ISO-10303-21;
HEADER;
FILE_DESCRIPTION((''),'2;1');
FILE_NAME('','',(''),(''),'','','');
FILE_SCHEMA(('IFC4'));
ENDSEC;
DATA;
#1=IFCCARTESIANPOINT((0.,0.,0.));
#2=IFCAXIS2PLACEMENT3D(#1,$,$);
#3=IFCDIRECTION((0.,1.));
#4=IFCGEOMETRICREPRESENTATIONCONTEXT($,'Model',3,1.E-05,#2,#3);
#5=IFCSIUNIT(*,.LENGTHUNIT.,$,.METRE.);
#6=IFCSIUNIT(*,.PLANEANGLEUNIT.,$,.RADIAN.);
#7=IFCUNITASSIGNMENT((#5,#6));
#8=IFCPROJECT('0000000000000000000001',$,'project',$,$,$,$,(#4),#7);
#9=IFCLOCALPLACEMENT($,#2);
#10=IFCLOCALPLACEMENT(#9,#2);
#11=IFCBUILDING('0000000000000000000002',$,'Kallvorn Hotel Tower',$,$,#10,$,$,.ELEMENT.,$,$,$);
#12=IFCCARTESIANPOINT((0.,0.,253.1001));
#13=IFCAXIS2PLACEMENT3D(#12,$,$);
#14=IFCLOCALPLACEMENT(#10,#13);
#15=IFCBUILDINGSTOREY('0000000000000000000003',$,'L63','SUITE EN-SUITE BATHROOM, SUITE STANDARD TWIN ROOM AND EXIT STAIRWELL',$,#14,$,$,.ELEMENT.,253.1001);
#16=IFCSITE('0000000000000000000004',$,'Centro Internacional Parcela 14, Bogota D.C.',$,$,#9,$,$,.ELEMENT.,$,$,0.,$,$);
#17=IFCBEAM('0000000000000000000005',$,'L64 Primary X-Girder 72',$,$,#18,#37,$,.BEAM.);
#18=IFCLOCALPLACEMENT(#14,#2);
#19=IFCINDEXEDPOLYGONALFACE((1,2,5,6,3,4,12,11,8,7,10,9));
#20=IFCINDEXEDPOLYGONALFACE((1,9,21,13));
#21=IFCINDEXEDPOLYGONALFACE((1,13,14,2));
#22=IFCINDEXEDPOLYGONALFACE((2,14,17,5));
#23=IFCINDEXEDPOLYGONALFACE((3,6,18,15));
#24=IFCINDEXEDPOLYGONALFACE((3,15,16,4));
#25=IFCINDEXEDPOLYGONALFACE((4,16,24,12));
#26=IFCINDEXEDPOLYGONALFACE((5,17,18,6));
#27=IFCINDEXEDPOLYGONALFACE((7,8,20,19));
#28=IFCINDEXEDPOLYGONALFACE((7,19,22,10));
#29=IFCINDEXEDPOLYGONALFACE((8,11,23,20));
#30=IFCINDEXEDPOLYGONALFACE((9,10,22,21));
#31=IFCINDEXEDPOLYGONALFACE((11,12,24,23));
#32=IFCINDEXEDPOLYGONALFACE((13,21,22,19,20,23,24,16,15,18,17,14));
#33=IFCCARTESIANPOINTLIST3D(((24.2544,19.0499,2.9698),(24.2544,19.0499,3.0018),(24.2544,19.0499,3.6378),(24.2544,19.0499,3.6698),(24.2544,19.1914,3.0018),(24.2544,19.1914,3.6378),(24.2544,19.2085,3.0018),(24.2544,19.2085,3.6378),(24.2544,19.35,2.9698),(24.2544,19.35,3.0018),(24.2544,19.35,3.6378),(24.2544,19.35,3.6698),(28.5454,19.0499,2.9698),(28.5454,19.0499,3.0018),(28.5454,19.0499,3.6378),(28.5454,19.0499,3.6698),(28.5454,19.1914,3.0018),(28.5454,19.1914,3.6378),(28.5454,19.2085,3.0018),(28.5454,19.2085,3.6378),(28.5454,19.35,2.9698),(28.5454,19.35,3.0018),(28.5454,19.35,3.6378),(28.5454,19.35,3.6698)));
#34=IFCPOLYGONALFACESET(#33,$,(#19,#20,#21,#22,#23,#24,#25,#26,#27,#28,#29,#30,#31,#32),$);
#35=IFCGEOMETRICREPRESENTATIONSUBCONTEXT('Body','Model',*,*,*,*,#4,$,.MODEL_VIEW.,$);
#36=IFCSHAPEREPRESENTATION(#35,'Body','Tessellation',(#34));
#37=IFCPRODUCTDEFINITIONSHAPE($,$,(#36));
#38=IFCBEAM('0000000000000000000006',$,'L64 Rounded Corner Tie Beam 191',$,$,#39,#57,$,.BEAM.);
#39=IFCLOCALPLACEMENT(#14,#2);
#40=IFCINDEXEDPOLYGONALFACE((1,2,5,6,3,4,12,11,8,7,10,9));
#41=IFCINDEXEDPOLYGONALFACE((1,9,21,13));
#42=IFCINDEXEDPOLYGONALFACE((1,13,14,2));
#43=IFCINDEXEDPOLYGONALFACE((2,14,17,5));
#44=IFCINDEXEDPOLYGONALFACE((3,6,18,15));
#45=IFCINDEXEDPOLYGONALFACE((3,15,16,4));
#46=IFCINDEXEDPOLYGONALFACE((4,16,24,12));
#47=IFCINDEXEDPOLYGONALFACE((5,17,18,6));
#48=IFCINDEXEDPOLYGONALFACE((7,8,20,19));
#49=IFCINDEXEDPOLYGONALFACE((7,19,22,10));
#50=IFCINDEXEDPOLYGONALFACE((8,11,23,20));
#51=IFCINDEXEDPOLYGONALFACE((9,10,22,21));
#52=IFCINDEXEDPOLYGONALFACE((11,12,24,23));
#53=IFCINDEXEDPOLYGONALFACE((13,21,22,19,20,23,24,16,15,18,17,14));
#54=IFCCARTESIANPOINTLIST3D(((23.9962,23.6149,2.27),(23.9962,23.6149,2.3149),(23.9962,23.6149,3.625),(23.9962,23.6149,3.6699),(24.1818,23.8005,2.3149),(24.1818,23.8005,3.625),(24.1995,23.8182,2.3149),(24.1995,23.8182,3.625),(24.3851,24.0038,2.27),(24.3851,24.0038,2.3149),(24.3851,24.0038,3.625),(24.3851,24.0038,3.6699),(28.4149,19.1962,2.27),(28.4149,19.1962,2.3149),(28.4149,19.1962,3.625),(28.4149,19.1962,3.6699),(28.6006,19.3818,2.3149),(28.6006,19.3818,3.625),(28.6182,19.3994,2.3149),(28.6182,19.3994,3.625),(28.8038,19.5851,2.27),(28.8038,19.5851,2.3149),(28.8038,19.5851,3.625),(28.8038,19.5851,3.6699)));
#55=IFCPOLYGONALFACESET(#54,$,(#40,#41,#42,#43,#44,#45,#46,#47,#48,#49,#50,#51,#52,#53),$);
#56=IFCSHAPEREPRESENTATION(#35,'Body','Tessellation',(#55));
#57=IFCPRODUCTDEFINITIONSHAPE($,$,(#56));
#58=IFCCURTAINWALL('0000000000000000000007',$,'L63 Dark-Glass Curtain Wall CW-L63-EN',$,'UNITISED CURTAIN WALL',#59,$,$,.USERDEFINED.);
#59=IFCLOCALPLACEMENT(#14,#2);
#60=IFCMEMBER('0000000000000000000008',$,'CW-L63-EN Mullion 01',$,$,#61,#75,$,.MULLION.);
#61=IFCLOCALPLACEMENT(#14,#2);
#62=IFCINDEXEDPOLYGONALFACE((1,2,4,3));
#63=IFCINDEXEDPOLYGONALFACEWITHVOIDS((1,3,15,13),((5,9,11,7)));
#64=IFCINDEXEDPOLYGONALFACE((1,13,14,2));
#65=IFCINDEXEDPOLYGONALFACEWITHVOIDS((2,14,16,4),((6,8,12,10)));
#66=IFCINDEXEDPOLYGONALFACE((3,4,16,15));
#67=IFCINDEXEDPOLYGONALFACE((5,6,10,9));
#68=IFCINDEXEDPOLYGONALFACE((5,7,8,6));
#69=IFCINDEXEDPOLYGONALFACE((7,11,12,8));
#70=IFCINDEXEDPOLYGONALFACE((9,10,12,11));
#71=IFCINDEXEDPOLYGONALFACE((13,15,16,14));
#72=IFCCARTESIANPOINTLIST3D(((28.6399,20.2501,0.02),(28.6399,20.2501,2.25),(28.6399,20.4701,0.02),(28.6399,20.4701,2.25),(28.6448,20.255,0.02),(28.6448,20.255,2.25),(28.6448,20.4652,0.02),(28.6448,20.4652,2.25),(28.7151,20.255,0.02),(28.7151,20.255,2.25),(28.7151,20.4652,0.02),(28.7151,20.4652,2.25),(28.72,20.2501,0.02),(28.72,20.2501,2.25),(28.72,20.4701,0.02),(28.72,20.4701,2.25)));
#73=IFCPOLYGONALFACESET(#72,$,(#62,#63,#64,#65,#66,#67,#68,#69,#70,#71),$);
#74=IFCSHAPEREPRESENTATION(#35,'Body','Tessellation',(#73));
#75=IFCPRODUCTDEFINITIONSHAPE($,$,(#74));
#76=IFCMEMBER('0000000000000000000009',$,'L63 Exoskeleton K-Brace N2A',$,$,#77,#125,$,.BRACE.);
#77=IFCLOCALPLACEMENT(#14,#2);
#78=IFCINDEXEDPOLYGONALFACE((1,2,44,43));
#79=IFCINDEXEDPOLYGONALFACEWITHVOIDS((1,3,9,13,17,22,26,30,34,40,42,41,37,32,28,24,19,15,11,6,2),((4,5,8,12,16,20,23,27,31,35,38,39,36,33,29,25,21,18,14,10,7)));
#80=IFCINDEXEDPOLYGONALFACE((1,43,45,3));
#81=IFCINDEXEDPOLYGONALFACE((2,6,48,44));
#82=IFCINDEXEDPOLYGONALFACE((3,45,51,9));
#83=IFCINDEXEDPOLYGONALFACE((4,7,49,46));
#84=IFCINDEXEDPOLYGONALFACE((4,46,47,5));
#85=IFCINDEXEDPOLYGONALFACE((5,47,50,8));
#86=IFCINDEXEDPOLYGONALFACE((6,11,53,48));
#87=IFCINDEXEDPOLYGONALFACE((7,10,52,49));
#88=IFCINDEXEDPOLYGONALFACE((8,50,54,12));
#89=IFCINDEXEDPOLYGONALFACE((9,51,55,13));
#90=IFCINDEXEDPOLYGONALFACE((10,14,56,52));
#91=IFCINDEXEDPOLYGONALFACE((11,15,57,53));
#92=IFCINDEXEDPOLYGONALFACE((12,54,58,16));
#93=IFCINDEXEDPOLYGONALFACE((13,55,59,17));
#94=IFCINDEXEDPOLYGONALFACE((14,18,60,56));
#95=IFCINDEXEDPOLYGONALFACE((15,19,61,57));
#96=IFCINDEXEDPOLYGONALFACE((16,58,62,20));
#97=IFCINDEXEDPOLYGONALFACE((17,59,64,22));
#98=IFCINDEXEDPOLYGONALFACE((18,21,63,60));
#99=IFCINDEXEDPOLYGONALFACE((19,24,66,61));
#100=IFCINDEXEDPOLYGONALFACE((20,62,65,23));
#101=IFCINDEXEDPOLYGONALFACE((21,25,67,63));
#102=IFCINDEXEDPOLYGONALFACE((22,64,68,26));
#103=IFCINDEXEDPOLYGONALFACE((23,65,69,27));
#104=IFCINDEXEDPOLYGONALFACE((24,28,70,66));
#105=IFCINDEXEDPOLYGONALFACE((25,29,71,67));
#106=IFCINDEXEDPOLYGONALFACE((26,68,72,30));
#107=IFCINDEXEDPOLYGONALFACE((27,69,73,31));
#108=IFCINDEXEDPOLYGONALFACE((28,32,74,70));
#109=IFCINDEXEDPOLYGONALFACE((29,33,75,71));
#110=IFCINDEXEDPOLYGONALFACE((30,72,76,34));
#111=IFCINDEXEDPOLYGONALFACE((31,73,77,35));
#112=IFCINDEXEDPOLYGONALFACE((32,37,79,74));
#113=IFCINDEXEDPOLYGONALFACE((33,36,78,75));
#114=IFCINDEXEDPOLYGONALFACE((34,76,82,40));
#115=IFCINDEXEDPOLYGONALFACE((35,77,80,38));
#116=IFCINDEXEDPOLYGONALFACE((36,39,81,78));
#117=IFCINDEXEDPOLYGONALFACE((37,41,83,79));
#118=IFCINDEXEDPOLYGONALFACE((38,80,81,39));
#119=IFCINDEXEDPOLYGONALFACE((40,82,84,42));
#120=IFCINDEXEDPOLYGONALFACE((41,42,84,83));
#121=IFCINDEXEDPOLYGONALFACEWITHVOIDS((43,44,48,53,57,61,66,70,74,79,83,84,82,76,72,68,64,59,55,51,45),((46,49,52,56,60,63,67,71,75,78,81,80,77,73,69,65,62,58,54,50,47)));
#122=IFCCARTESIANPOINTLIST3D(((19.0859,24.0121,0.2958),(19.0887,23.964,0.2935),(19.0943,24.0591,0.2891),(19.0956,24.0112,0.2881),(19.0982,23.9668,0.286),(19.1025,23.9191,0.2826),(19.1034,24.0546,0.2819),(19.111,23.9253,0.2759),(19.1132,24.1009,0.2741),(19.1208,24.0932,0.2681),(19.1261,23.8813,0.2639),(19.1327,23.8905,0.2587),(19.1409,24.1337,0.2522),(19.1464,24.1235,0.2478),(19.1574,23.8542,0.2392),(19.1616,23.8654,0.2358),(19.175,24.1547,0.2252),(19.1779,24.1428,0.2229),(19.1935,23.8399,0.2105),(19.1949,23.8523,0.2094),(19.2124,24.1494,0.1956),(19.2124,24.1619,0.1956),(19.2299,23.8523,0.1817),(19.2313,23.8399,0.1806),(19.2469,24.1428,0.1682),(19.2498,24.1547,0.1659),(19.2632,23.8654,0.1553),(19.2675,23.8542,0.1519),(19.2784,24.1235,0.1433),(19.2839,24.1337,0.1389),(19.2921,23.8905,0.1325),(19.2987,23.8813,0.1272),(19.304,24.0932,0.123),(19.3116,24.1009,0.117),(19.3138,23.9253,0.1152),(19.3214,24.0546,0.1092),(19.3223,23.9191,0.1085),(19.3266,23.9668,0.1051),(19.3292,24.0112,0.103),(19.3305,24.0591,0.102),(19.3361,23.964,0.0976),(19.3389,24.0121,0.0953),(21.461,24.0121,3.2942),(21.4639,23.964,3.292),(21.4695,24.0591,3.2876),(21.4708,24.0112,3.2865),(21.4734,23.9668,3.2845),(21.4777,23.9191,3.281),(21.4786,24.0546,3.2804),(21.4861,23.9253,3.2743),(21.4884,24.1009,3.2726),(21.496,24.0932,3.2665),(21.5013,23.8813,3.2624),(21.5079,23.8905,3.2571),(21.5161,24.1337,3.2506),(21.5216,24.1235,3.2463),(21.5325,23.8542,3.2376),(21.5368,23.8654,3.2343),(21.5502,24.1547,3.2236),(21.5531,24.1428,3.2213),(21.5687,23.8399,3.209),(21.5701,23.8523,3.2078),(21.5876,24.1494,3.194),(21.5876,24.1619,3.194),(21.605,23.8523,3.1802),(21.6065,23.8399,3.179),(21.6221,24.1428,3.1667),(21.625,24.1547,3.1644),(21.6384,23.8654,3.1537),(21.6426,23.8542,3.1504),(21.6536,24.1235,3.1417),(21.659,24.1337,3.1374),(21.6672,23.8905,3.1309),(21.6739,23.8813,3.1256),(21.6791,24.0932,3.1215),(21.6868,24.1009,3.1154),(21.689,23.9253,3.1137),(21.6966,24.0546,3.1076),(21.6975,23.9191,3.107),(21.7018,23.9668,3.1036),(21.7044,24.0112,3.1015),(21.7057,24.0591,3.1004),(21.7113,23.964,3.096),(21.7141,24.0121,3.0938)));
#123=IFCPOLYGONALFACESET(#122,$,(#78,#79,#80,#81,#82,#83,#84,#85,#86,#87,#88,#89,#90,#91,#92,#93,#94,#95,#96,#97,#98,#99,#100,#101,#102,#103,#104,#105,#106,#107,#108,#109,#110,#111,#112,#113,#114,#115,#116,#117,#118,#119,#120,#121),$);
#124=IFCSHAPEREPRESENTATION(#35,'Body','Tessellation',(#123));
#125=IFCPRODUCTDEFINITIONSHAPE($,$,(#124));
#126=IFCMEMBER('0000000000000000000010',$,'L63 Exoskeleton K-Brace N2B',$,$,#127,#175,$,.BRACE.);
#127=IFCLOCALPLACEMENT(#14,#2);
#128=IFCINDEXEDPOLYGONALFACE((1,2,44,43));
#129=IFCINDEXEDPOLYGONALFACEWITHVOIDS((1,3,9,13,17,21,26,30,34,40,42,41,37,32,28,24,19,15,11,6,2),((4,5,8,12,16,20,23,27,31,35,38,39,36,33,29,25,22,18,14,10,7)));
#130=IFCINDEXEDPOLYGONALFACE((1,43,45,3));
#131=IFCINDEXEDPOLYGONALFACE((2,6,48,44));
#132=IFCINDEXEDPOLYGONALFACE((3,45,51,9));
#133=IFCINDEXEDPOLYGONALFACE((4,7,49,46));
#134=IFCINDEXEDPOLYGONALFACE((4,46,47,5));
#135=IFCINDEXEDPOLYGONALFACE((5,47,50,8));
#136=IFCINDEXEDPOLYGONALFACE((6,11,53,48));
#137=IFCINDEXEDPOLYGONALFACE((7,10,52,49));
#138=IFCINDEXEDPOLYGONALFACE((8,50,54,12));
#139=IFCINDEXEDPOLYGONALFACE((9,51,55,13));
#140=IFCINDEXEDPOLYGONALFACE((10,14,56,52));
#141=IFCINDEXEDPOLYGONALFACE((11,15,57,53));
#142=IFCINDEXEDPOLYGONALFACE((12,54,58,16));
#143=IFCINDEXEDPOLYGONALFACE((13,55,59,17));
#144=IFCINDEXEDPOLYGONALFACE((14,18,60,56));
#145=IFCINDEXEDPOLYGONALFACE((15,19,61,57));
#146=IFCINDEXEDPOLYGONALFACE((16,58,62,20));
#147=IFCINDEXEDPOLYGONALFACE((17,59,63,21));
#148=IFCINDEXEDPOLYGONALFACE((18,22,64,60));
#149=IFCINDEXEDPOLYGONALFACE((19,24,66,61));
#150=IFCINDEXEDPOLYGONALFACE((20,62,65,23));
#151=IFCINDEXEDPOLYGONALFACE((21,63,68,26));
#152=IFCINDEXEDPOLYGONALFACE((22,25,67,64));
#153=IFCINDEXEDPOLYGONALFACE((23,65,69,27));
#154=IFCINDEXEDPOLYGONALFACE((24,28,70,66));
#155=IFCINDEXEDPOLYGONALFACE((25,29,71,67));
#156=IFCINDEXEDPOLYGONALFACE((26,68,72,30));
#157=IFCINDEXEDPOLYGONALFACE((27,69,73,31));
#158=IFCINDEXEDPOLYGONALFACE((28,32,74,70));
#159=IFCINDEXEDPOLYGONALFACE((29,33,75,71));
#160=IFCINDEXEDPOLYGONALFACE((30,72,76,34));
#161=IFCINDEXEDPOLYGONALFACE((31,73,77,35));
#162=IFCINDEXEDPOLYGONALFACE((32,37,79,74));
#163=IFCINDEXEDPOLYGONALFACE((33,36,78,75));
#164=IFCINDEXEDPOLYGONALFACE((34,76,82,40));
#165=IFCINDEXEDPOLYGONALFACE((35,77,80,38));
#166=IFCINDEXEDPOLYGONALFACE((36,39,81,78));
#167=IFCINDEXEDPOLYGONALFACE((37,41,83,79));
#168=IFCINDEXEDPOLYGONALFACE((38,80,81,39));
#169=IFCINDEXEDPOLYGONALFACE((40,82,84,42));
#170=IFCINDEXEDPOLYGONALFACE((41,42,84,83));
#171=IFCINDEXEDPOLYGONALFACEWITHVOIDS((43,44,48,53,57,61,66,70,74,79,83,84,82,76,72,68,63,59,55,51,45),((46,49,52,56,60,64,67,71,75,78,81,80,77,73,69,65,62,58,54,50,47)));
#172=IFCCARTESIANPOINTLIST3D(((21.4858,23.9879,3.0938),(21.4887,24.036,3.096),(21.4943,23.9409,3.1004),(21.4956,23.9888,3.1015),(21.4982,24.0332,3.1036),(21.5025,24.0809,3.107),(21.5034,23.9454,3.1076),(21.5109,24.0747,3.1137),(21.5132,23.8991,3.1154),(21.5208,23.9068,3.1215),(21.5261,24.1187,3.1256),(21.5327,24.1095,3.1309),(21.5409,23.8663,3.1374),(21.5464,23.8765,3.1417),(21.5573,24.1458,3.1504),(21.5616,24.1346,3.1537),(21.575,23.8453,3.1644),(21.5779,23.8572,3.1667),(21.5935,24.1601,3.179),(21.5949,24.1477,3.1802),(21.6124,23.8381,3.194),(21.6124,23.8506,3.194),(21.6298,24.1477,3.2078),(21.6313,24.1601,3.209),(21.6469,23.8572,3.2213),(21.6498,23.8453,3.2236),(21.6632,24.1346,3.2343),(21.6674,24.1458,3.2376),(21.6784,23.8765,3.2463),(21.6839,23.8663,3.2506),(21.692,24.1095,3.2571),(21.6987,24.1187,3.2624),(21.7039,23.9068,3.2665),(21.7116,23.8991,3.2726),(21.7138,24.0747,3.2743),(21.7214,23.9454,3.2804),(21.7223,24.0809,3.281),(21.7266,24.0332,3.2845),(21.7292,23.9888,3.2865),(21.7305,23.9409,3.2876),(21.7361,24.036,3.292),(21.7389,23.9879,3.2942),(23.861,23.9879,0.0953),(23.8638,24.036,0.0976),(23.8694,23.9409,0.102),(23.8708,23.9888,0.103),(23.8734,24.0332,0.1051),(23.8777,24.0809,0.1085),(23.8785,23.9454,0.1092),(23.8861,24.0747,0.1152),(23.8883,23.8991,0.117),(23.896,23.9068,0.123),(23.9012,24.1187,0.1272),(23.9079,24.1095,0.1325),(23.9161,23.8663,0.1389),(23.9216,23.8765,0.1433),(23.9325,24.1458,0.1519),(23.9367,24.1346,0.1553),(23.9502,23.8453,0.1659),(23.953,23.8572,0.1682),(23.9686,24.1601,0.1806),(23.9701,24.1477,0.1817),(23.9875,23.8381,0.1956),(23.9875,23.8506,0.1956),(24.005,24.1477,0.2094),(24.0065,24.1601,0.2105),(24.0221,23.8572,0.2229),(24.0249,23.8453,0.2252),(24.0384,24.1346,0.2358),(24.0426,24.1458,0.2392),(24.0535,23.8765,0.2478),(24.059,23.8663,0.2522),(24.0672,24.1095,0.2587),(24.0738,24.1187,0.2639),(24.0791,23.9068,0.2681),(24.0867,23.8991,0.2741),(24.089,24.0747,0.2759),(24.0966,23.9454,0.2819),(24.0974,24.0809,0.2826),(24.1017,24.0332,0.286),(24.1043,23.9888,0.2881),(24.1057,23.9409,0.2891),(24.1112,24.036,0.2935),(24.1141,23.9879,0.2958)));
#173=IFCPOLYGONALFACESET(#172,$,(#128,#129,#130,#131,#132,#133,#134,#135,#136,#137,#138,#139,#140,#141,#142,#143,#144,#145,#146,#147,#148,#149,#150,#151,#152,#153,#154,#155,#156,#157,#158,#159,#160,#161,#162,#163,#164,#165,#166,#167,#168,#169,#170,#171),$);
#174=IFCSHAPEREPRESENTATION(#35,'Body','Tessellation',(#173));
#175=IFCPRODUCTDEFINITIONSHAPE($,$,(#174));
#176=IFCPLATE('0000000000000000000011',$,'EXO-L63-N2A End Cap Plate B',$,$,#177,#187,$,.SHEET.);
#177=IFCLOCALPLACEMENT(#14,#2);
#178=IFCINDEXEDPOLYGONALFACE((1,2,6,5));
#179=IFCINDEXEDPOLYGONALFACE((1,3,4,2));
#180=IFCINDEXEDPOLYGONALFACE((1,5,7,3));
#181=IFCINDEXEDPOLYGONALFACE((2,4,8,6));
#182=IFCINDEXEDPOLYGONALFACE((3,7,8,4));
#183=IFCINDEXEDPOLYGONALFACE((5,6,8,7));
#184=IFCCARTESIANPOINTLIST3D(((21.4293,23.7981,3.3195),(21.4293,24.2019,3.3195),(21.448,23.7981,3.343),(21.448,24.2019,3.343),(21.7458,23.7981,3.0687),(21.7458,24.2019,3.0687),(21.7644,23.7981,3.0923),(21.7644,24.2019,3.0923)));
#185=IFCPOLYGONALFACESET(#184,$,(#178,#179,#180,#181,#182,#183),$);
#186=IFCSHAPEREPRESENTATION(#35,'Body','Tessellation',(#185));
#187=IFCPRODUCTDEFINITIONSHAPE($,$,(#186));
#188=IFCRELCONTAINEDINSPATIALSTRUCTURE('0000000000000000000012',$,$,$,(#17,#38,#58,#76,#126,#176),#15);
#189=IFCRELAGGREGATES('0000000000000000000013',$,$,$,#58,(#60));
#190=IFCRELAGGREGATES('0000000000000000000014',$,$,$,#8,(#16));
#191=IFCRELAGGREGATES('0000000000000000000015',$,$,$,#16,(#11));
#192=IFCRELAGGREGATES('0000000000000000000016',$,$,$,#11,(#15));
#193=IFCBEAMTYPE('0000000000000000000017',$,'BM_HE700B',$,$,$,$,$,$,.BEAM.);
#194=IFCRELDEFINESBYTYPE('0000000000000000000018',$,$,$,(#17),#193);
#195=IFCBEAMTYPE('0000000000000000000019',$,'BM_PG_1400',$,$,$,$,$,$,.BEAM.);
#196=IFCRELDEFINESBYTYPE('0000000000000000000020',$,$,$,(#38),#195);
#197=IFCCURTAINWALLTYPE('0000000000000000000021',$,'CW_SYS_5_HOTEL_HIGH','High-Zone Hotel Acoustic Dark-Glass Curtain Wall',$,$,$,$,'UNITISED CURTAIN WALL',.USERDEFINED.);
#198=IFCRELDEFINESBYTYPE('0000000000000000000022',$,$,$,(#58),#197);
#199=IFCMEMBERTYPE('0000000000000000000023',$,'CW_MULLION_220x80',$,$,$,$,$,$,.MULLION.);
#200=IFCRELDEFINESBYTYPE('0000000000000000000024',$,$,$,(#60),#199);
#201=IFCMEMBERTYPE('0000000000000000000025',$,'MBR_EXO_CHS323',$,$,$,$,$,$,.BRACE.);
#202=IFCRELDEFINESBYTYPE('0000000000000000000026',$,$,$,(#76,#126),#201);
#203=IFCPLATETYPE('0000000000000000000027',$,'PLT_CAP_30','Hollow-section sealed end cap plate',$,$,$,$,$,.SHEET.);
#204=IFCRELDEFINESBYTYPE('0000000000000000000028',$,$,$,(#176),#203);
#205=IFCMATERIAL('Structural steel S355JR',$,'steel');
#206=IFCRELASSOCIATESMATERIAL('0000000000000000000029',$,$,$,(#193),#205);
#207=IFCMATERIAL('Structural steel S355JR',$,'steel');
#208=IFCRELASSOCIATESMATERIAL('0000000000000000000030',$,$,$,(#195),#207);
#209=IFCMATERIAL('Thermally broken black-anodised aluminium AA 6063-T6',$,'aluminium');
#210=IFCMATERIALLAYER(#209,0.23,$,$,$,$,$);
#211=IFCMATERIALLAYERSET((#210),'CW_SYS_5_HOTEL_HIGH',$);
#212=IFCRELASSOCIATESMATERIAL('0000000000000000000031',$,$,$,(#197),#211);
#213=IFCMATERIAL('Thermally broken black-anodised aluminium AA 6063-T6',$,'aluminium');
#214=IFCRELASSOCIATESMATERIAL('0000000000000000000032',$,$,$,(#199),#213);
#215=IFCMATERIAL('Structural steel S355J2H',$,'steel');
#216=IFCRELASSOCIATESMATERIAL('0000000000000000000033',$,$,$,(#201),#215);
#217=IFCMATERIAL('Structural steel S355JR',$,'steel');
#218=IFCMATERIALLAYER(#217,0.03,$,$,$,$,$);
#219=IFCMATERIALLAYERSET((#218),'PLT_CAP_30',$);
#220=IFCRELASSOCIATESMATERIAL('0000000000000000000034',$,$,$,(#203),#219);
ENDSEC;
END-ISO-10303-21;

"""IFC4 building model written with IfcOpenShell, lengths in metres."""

from ifc_helpers import new_model, si_unit, direction, frame, origin, origin_2d, place, context, subcontext, project, spatial, polyline, hollow_rectangle, hollow_circle, i_section, outline, extrude, material, layer, layer_set, material_profile, profile_set, type_object, element, aggregate, save


model = new_model("IFC4")

# Units and contexts
model_context = context("Model", 3, precision=1e-05, world=origin(), true_north=direction((0.0, 1.0)))
body_context = subcontext(model_context, "Body", "Model", "MODEL_VIEW")
ifc_project = project(units=[si_unit("LENGTHUNIT", "METRE"), si_unit("PLANEANGLEUNIT", "RADIAN")], contexts=[model_context])

# Site, building, storey
site_placement = place(None, origin())
site = spatial("IfcSite", under=ifc_project, at=site_placement, Name="Centro Internacional Parcela 14, Bogota D.C.", CompositionType="ELEMENT", RefElevation=0.0)
building_placement = place(site_placement, origin())
building = spatial("IfcBuilding", under=site, at=building_placement, Name="Kallvorn Hotel Tower", CompositionType="ELEMENT")
storey_placement = place(building_placement, frame((0.0, 0.0, 253.1001)))
storey = spatial("IfcBuildingStorey", under=building, at=storey_placement, Name="L63", Description="SUITE EN-SUITE BATHROOM, SUITE STANDARD TWIN ROOM AND EXIT STAIRWELL", CompositionType="ELEMENT", Elevation=253.1001)

# Beams
ifc_material_1 = material(Name="Structural steel S355JR", Category="steel")
ifc_material_profile_1 = material_profile(ifc_material_1, i_section(OverallWidth=0.3, OverallDepth=0.7, WebThickness=0.0171, FlangeThickness=0.032, at=origin_2d()), Name="HE 700 B")
ifc_profile_set_1 = profile_set([ifc_material_profile_1], Name="Structural steel S355JR")
beam_type_1 = type_object("IfcBeamType", Name="BM_HE700B", PredefinedType="BEAM", material=ifc_profile_set_1)
for number, where, z_axis, x_axis, name in (
    (1, (24.2544, 19.2, 3.3198), (1.0, 0.0, 0.0), (0.0, 1.0, 0.0), "L64 Primary X-Girder 72"),
):
    element("IfcBeam", number, at=place(storey_placement, frame(where, z_axis=z_axis, x_axis=x_axis)), inside=storey, type_object=beam_type_1, Name=name, PredefinedType="BEAM", context=body_context, shape_type="SweptSolid", body=[
        extrude(i_section(OverallWidth=0.3, OverallDepth=0.7, WebThickness=0.0171, FlangeThickness=0.032, at=origin_2d()), origin(), (0.0, 0.0, 1.0), 4.291),
    ])
ifc_material_2 = material(Name="Structural steel S355JR", Category="steel")
ifc_material_profile_2 = material_profile(ifc_material_2, i_section(OverallWidth=0.55, OverallDepth=1.3999, WebThickness=0.0249, FlangeThickness=0.0449, at=origin_2d()), Name="PG 1400x550x25x45")
ifc_profile_set_2 = profile_set([ifc_material_profile_2], Name="Structural steel S355JR")
beam_type_2 = type_object("IfcBeamType", Name="BM_PG_1400", PredefinedType="BEAM", material=ifc_profile_set_2)
beam_1_placement = place(storey_placement, frame((28.6094, 19.3906, 2.97), z_axis=(-0.707107, 0.707107, 0.0), x_axis=(-0.707107, -0.707107, 0.0)))
element("IfcBeam", 2, at=beam_1_placement, inside=storey, type_object=beam_type_2, Name="L64 Rounded Corner Tie Beam 191", PredefinedType="BEAM", context=body_context, shape_type="SweptSolid", body=[
    extrude(i_section(OverallWidth=0.55, OverallDepth=1.3999, WebThickness=0.0249, FlangeThickness=0.0449, at=origin_2d()), origin(), (0.0, 0.0, 1.0), 6.249),
])

# Curtain wall, member
ifc_material_3 = material(Name="Thermally broken black-anodised aluminium AA 6063-T6", Category="aluminium")
ifc_layer_1 = layer(ifc_material_3, 0.23)
ifc_layer_set_1 = layer_set([ifc_layer_1], Name="CW_SYS_5_HOTEL_HIGH")
curtain_wall_type = type_object("IfcCurtainWallType", Name="CW_SYS_5_HOTEL_HIGH", Description="High-Zone Hotel Acoustic Dark-Glass Curtain Wall", ElementType="UNITISED CURTAIN WALL", PredefinedType="USERDEFINED", material=ifc_layer_set_1)
curtain_wall_placement = place(storey_placement, origin())
curtain_wall = element("IfcCurtainWall", 3, at=curtain_wall_placement, inside=storey, type_object=curtain_wall_type, Name="L63 Dark-Glass Curtain Wall CW-L63-EN", ObjectType="UNITISED CURTAIN WALL", PredefinedType="USERDEFINED")
ifc_material_4 = material(Name="Thermally broken black-anodised aluminium AA 6063-T6", Category="aluminium")
ifc_material_profile_3 = material_profile(ifc_material_4, hollow_rectangle(XDim=0.0801, YDim=0.22, WallThickness=0.0049, at=origin_2d()), Name="MUL 220x80")
ifc_profile_set_3 = profile_set([ifc_material_profile_3], Name="Thermally broken black-anodised aluminium AA 6063-T6")
member_type_1 = type_object("IfcMemberType", Name="CW_MULLION_220x80", PredefinedType="MULLION", material=ifc_profile_set_3)
member_placement = place(storey_placement, frame((28.6799, 20.3601, 0.02), z_axis=(0.0, 0.0, 1.0), x_axis=(1.0, 0.0, 0.0)))
member = element("IfcMember", 4, at=member_placement, type_object=member_type_1, Name="CW-L63-EN Mullion 01", PredefinedType="MULLION", context=body_context, shape_type="SweptSolid", body=[
    extrude(hollow_rectangle(XDim=0.0801, YDim=0.22, WallThickness=0.0049, at=origin_2d()), origin(), (0.0, 0.0, 1.0), 2.23),
])
aggregate(curtain_wall, [member])

# Members
ifc_material_5 = material(Name="Structural steel S355J2H", Category="steel")
ifc_material_profile_4 = material_profile(ifc_material_5, hollow_circle(Radius=0.1619, WallThickness=0.0125, at=origin_2d()), Name="CHS 323.9x12.5")
ifc_profile_set_4 = profile_set([ifc_material_profile_4], Name="Structural steel S355J2H")
member_type_2 = type_object("IfcMemberType", Name="MBR_EXO_CHS323", PredefinedType="BRACE", material=ifc_profile_set_4)
for number, where, z_axis, x_axis, name in (
    (5, (19.2124, 24.0, 0.1956), (0.620929, 0.0, 0.783867), (0.0, 1.0, 0.0), "L63 Exoskeleton K-Brace N2A"),
    (6, (23.9875, 24.0, 0.1956), (-0.620929, 0.0, 0.783867), (0.0, -1.0, 0.0), "L63 Exoskeleton K-Brace N2B"),
):
    element("IfcMember", number, at=place(storey_placement, frame(where, z_axis=z_axis, x_axis=x_axis)), inside=storey, type_object=member_type_2, Name=name, PredefinedType="BRACE", context=body_context, shape_type="SweptSolid", body=[
        extrude(hollow_circle(Radius=0.1619, WallThickness=0.0125, at=origin_2d()), origin(), (0.0, 0.0, 1.0), 3.8252),
    ])

# Plate
ifc_material_6 = material(Name="Structural steel S355JR", Category="steel")
ifc_layer_2 = layer(ifc_material_6, 0.03)
ifc_layer_set_2 = layer_set([ifc_layer_2], Name="PLT_CAP_30")
plate_type_1 = type_object("IfcPlateType", Name="PLT_CAP_30", Description="Hollow-section sealed end cap plate", PredefinedType="SHEET", material=ifc_layer_set_2)
plate_1_placement = place(storey_placement, frame((21.7644, 23.7981, 3.0923), z_axis=(0.621075, 0.0, 0.783751), x_axis=(0.0, 1.0, 0.0)))
element("IfcPlate", 7, at=plate_1_placement, inside=storey, type_object=plate_type_1, Name="EXO-L63-N2A End Cap Plate B", PredefinedType="SHEET", context=body_context, shape_type="SweptSolid", body=[
    extrude(outline(polyline([(0.0, 0.0), (0.4038, 0.0), (0.4038, 0.4037), (0.0, 0.4037), (0.0, 0.0)])), origin(), (0.0, 0.0, -1.0), 0.03),
])

save(model, "model.ifc")
